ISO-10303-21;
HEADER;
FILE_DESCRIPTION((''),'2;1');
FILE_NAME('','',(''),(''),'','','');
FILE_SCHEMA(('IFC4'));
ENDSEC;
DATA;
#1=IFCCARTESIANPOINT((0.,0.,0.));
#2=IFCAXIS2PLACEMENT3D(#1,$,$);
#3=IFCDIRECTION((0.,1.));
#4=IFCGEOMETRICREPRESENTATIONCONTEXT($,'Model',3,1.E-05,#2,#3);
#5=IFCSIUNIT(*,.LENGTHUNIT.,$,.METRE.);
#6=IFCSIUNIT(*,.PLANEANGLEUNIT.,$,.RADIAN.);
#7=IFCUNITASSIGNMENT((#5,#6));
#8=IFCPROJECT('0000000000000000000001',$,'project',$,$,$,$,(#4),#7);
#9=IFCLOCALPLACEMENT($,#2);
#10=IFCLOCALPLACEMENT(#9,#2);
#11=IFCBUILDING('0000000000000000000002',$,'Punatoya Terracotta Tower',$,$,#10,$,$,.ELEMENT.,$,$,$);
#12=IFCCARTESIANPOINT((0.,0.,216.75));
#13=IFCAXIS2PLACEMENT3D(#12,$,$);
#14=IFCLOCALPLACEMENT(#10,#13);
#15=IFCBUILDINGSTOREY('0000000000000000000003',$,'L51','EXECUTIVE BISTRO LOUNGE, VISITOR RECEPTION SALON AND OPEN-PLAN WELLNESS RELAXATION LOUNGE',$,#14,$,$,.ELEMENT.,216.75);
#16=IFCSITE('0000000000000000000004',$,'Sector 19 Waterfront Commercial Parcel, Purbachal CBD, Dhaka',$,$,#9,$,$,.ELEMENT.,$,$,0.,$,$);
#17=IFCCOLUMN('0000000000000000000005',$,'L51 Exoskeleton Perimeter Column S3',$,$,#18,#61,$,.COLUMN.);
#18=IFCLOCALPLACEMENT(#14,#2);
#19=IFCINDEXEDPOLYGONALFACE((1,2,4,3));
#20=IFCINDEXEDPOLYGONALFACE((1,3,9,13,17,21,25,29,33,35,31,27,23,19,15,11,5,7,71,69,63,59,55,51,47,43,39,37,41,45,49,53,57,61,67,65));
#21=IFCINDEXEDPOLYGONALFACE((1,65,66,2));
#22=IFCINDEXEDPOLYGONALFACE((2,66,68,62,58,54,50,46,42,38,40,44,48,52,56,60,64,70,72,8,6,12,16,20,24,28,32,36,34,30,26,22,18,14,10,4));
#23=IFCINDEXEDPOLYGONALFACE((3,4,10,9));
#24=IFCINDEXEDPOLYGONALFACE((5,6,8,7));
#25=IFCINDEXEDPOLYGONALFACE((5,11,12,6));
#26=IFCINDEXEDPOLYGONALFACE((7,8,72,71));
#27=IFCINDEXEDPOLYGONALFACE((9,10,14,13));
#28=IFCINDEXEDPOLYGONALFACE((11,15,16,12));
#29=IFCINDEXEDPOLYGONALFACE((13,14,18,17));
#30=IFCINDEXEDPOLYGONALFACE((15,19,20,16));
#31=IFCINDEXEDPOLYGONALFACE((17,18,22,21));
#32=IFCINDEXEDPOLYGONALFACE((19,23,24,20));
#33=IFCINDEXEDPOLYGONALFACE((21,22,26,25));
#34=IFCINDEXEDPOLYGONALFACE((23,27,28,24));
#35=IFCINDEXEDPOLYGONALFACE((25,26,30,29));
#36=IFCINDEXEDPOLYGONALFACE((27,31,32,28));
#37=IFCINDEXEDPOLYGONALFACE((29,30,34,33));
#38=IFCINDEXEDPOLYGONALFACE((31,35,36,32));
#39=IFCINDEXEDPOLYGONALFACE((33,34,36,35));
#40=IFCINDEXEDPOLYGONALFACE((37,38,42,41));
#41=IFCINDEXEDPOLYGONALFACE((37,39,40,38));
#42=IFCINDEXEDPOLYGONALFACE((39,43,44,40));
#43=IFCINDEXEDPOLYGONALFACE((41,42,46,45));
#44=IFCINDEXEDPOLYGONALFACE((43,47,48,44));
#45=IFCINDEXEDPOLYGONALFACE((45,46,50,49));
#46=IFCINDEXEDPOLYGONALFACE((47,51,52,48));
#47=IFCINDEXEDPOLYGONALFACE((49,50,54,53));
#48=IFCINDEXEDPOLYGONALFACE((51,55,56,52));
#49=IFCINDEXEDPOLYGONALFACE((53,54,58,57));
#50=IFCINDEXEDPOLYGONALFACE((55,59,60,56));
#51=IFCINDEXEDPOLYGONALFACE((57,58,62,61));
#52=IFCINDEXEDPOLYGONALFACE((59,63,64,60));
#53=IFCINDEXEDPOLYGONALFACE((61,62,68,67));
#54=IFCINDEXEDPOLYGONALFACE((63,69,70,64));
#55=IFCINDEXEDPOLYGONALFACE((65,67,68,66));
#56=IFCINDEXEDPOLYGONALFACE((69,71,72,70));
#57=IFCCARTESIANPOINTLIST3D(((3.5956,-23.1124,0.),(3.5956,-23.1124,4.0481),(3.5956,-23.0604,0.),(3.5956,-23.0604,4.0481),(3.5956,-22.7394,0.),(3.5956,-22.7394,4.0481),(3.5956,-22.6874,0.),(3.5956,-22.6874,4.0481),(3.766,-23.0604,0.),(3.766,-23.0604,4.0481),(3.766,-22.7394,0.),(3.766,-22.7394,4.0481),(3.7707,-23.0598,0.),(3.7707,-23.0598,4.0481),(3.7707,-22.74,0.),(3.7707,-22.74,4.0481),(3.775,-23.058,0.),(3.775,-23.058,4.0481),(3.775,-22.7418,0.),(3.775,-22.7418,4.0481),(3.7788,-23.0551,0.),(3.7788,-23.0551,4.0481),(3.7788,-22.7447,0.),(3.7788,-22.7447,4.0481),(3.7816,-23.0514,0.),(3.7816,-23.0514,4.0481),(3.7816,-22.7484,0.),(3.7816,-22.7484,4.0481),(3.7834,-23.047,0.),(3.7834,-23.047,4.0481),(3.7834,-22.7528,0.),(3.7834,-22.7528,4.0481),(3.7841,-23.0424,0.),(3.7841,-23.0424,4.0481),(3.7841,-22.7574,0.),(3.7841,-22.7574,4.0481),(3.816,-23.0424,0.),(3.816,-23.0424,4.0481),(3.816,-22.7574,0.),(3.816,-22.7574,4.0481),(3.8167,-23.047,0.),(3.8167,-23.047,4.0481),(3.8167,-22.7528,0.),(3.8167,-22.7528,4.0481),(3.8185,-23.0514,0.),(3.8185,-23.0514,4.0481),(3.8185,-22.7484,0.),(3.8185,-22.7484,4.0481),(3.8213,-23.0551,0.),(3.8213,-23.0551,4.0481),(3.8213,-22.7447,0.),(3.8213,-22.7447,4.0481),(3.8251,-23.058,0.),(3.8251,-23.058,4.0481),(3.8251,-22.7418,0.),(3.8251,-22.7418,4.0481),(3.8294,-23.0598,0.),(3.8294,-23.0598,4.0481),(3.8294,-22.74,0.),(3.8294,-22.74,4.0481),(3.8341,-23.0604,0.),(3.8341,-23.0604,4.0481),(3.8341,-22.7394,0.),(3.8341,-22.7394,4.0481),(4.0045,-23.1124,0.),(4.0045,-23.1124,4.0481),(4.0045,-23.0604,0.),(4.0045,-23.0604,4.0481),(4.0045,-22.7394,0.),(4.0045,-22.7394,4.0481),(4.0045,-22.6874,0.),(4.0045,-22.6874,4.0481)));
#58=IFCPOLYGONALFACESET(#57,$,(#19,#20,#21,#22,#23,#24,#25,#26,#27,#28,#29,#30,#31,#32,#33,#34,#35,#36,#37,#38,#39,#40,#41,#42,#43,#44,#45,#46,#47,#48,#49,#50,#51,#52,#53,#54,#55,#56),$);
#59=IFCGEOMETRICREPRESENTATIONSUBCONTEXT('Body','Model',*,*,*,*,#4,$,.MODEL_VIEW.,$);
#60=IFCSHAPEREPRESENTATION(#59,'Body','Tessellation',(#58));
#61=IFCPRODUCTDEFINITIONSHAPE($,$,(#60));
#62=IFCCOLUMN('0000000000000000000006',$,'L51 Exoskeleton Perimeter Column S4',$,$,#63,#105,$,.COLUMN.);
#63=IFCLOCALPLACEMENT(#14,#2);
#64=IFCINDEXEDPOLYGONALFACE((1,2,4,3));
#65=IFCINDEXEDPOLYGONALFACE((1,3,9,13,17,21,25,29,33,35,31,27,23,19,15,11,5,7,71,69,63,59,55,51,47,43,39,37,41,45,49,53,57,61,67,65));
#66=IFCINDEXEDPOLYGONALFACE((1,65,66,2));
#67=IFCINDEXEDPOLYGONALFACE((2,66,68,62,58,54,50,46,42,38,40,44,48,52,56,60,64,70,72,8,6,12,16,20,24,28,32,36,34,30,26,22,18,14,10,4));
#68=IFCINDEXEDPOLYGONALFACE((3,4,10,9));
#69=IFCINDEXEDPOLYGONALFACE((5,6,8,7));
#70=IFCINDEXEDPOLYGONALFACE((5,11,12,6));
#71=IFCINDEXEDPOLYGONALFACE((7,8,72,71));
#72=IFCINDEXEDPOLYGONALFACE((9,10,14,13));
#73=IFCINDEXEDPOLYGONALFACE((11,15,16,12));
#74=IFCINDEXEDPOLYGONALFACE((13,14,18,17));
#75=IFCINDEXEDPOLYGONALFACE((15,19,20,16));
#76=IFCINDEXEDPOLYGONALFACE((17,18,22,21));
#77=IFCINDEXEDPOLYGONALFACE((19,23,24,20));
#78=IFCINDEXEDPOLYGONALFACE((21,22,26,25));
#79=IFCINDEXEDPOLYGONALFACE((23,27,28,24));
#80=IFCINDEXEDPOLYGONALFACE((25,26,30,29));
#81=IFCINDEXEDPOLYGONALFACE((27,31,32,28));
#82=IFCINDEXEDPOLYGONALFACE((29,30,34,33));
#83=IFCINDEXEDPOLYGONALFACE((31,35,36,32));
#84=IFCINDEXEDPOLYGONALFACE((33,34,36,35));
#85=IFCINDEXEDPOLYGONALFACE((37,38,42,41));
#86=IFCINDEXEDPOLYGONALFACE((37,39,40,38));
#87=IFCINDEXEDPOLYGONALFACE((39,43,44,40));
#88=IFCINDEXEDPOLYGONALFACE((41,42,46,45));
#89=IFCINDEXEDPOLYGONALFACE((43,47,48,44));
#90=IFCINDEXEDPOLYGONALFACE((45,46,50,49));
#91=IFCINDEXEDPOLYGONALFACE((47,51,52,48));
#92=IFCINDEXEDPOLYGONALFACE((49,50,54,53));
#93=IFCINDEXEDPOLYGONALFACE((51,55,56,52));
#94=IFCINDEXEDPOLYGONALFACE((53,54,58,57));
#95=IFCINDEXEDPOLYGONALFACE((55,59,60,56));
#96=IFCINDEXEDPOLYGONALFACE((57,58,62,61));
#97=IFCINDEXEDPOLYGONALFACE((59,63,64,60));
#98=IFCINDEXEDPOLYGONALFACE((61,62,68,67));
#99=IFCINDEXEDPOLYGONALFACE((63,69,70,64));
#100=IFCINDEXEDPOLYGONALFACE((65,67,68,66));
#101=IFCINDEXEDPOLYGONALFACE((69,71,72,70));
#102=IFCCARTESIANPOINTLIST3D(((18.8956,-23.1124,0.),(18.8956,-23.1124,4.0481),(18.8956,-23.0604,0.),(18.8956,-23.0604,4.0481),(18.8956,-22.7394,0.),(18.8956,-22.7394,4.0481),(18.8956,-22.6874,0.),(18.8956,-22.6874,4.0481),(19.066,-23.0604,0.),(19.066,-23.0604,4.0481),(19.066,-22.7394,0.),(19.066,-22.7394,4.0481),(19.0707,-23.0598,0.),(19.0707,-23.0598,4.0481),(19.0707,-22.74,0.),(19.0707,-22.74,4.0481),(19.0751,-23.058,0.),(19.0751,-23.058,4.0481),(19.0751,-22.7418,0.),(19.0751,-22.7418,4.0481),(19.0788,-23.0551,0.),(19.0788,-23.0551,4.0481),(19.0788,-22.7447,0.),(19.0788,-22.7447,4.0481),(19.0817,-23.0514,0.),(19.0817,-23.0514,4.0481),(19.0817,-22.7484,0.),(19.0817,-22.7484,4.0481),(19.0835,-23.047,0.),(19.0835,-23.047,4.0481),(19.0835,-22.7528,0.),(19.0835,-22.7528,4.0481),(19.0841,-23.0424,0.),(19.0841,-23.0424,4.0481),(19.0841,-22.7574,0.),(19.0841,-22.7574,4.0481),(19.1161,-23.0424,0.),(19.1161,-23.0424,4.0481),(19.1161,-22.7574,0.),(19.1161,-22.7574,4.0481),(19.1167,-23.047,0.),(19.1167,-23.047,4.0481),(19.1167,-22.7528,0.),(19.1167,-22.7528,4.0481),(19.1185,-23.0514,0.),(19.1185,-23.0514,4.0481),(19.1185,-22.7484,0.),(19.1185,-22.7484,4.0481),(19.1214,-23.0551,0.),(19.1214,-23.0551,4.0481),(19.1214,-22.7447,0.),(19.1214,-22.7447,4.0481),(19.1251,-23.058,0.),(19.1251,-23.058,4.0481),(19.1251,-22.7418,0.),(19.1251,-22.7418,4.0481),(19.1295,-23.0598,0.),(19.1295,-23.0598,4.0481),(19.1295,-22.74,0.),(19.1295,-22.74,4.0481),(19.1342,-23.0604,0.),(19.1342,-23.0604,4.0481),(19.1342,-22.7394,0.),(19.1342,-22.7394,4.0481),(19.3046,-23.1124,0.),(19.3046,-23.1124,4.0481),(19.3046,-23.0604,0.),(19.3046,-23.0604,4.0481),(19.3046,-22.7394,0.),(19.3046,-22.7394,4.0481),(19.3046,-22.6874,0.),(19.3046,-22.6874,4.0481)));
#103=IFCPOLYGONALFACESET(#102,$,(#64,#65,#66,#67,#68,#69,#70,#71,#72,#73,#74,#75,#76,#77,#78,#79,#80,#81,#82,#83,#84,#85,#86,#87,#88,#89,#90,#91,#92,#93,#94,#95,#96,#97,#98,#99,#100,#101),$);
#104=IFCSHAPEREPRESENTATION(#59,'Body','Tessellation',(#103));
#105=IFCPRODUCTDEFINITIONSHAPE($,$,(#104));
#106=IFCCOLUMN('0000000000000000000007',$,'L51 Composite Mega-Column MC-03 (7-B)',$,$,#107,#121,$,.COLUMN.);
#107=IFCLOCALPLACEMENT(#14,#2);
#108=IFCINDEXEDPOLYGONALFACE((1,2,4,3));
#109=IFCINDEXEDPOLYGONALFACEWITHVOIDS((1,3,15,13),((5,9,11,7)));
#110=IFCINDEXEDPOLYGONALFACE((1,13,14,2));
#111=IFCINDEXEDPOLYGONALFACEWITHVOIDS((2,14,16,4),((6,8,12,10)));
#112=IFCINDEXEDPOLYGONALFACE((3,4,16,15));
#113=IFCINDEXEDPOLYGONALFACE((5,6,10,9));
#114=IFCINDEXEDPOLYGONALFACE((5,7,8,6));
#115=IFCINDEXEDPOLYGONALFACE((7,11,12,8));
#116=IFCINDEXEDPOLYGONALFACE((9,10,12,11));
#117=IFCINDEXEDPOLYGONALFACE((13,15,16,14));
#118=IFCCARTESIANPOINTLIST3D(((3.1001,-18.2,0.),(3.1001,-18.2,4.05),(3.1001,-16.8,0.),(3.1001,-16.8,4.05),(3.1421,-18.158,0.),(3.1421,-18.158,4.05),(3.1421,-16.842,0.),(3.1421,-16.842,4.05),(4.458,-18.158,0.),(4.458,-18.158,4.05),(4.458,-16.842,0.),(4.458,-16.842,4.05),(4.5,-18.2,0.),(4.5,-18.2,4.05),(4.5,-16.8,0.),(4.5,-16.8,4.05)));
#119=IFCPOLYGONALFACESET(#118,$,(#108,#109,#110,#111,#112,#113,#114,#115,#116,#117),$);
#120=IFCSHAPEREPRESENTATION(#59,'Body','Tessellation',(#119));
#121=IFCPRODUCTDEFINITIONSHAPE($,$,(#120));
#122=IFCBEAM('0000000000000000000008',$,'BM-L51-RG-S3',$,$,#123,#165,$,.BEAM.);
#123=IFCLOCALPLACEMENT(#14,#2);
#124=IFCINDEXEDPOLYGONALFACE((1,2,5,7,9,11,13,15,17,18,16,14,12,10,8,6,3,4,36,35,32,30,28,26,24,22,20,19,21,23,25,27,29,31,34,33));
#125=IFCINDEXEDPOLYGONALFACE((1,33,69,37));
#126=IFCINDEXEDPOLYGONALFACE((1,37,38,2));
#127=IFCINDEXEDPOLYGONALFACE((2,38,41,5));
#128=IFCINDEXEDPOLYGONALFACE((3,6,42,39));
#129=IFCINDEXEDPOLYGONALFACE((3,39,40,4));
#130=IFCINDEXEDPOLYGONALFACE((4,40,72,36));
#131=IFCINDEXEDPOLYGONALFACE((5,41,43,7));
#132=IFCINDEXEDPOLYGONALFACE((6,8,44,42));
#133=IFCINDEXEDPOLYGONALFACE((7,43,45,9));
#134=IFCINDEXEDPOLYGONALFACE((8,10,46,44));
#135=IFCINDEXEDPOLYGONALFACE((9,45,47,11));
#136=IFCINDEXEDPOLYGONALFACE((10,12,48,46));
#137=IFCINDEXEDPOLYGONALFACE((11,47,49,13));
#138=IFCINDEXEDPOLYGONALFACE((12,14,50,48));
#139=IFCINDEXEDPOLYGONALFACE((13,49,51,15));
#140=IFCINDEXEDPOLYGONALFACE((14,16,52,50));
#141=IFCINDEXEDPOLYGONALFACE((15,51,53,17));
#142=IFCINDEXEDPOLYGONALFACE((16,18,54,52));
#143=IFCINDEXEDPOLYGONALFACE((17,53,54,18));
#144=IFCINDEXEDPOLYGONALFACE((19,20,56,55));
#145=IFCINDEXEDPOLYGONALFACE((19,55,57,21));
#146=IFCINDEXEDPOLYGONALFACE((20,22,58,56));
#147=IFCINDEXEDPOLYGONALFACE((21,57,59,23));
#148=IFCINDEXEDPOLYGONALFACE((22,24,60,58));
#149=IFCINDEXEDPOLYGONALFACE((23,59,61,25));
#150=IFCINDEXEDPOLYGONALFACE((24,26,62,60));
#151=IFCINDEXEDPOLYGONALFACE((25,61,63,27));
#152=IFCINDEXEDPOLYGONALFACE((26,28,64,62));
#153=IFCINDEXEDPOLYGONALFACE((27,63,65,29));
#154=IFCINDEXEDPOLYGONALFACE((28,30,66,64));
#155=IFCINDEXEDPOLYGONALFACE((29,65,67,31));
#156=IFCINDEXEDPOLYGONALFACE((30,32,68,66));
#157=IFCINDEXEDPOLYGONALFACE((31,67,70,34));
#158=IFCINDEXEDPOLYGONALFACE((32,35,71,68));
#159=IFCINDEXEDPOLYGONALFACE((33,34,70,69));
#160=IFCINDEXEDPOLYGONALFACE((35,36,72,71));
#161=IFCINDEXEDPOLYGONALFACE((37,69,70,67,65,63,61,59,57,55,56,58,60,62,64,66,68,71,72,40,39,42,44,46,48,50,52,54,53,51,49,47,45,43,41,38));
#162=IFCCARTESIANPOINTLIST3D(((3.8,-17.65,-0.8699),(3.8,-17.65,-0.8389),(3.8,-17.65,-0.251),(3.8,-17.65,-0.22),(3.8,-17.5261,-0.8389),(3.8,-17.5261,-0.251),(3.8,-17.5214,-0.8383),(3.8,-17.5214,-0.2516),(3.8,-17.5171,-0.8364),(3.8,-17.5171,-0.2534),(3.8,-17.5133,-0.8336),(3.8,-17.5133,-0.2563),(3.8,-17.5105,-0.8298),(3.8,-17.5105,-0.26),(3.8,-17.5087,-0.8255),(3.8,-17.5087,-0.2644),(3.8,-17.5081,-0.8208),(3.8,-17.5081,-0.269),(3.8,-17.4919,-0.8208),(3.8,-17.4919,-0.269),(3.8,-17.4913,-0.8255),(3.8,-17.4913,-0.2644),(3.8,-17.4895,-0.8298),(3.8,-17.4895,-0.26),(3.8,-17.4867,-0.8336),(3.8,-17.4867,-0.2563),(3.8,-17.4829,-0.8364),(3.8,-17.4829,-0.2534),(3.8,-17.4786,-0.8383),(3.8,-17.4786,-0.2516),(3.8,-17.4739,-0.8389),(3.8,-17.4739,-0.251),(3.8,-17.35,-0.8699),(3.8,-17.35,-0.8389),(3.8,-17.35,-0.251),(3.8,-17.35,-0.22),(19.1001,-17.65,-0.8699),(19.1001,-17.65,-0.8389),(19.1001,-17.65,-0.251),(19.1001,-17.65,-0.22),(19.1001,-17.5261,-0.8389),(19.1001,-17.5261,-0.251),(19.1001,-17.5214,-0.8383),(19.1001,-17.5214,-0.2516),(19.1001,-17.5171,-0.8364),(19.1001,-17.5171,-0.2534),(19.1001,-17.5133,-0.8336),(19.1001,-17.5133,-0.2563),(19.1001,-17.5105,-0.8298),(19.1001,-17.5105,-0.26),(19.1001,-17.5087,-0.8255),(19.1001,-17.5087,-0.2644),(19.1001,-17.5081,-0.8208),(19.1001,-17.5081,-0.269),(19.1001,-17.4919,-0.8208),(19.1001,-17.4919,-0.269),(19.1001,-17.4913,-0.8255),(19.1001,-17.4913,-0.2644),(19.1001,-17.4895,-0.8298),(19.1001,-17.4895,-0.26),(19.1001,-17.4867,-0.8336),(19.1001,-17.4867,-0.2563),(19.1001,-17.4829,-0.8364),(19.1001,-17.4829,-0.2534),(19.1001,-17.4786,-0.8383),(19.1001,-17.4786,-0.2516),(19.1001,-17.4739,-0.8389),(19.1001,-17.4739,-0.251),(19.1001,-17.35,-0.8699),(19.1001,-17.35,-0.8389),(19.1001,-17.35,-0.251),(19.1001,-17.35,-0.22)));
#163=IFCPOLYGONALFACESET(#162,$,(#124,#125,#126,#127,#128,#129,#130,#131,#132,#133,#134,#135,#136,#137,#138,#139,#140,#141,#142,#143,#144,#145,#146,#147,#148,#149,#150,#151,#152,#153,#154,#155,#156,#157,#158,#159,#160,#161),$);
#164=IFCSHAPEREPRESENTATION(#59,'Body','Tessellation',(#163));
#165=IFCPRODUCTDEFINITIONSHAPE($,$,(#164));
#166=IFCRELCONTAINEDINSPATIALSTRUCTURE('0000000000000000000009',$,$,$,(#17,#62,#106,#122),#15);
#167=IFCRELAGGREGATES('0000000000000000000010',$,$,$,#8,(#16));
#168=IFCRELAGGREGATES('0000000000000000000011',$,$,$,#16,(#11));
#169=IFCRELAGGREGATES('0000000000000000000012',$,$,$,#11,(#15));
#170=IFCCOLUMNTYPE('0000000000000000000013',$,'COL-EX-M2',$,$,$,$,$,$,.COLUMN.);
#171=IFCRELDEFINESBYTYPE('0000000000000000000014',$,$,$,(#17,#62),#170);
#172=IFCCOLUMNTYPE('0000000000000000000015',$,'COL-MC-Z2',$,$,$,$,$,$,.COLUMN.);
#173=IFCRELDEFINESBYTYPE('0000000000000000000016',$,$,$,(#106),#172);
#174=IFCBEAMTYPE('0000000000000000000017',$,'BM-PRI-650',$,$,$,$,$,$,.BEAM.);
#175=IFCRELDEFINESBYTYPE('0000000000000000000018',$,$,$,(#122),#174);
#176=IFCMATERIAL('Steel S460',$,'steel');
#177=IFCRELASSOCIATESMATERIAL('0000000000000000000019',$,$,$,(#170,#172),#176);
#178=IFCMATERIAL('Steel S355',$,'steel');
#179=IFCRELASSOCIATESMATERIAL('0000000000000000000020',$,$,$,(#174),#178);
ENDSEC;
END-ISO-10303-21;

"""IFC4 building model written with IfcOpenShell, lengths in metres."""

from ifc_helpers import new_model, si_unit, direction, frame, origin, origin_2d, place, context, subcontext, project, spatial, hollow_rectangle, i_section, extrude, material, material_profile, profile_set, type_object, element, save


model = new_model("IFC4")

# Units and contexts
model_context = context("Model", 3, precision=1e-05, world=origin(), true_north=direction((0.0, 1.0)))
body_context = subcontext(model_context, "Body", "Model", "MODEL_VIEW")
ifc_project = project(units=[si_unit("LENGTHUNIT", "METRE"), si_unit("PLANEANGLEUNIT", "RADIAN")], contexts=[model_context])

# Site, building, storey
site_placement = place(None, origin())
site = spatial("IfcSite", under=ifc_project, at=site_placement, Name="Sector 19 Waterfront Commercial Parcel, Purbachal CBD, Dhaka", CompositionType="ELEMENT", RefElevation=0.0)
building_placement = place(site_placement, origin())
building = spatial("IfcBuilding", under=site, at=building_placement, Name="Punatoya Terracotta Tower", CompositionType="ELEMENT")
storey_placement = place(building_placement, frame((0.0, 0.0, 216.75)))
storey = spatial("IfcBuildingStorey", under=building, at=storey_placement, Name="L51", Description="EXECUTIVE BISTRO LOUNGE, VISITOR RECEPTION SALON AND OPEN-PLAN WELLNESS RELAXATION LOUNGE", CompositionType="ELEMENT", Elevation=216.75)

# Columns
ifc_material_1 = material(Name="Steel S460", Category="steel")
ifc_material_profile_1 = material_profile(ifc_material_1, i_section(OverallWidth=0.4089, OverallDepth=0.425, WebThickness=0.032, FlangeThickness=0.052, FilletRadius=0.0181, at=origin_2d()))
ifc_profile_set_1 = profile_set([ifc_material_profile_1], Name="Steel S460")
column_type_1 = type_object("IfcColumnType", Name="COL-EX-M2", PredefinedType="COLUMN", material=ifc_profile_set_1)
for number, where, z_axis, x_axis, name in (
    (1, (3.8, -22.8999, 0.0), (0.0, 0.0, 1.0), (1.0, 0.0, 0.0), "L51 Exoskeleton Perimeter Column S3"),
    (2, (19.1001, -22.8999, 0.0), (0.0, 0.0, 1.0), (1.0, 0.0, 0.0), "L51 Exoskeleton Perimeter Column S4"),
):
    element("IfcColumn", number, at=place(storey_placement, frame(where, z_axis=z_axis, x_axis=x_axis)), inside=storey, type_object=column_type_1, Name=name, PredefinedType="COLUMN", context=body_context, shape_type="SweptSolid", body=[
        extrude(i_section(OverallWidth=0.4089, OverallDepth=0.425, WebThickness=0.032, FlangeThickness=0.052, FilletRadius=0.0181, at=origin_2d()), origin(), (0.0, 0.0, 1.0), 4.0481),
    ])
ifc_material_profile_2 = material_profile(ifc_material_1, hollow_rectangle(XDim=1.3999, YDim=1.3999, WallThickness=0.042, at=origin_2d()))
ifc_profile_set_2 = profile_set([ifc_material_profile_2], Name="Steel S460")
column_type_2 = type_object("IfcColumnType", Name="COL-MC-Z2", PredefinedType="COLUMN", material=ifc_profile_set_2)
column_placement = place(storey_placement, frame((3.8, -17.5, 0.0), z_axis=(0.0, 0.0, 1.0), x_axis=(1.0, 0.0, 0.0)))
element("IfcColumn", 3, at=column_placement, inside=storey, type_object=column_type_2, Name="L51 Composite Mega-Column MC-03 (7-B)", PredefinedType="COLUMN", context=body_context, shape_type="SweptSolid", body=[
    extrude(hollow_rectangle(XDim=1.3999, YDim=1.3999, WallThickness=0.042, at=origin_2d()), origin(), (0.0, 0.0, 1.0), 4.05),
])

# Beam
ifc_material_2 = material(Name="Steel S355", Category="steel")
ifc_material_profile_3 = material_profile(ifc_material_2, i_section(OverallWidth=0.3, OverallDepth=0.6499, WebThickness=0.0161, FlangeThickness=0.031, FilletRadius=0.0181, at=origin_2d()))
ifc_profile_set_3 = profile_set([ifc_material_profile_3], Name="Steel S355")
beam_type_1 = type_object("IfcBeamType", Name="BM-PRI-650", PredefinedType="BEAM", material=ifc_profile_set_3)
beam_1_placement = place(storey_placement, frame((3.8, -17.5, -0.5449), z_axis=(1.0, 0.0, 0.0), x_axis=(0.0, 1.0, 0.0)))
element("IfcBeam", 4, at=beam_1_placement, inside=storey, type_object=beam_type_1, Name="BM-L51-RG-S3", PredefinedType="BEAM", context=body_context, shape_type="SweptSolid", body=[
    extrude(i_section(OverallWidth=0.3, OverallDepth=0.6499, WebThickness=0.0161, FlangeThickness=0.031, FilletRadius=0.0181, at=origin_2d()), origin(), (0.0, 0.0, 1.0), 15.3),
])

save(model, "model.ifc")
